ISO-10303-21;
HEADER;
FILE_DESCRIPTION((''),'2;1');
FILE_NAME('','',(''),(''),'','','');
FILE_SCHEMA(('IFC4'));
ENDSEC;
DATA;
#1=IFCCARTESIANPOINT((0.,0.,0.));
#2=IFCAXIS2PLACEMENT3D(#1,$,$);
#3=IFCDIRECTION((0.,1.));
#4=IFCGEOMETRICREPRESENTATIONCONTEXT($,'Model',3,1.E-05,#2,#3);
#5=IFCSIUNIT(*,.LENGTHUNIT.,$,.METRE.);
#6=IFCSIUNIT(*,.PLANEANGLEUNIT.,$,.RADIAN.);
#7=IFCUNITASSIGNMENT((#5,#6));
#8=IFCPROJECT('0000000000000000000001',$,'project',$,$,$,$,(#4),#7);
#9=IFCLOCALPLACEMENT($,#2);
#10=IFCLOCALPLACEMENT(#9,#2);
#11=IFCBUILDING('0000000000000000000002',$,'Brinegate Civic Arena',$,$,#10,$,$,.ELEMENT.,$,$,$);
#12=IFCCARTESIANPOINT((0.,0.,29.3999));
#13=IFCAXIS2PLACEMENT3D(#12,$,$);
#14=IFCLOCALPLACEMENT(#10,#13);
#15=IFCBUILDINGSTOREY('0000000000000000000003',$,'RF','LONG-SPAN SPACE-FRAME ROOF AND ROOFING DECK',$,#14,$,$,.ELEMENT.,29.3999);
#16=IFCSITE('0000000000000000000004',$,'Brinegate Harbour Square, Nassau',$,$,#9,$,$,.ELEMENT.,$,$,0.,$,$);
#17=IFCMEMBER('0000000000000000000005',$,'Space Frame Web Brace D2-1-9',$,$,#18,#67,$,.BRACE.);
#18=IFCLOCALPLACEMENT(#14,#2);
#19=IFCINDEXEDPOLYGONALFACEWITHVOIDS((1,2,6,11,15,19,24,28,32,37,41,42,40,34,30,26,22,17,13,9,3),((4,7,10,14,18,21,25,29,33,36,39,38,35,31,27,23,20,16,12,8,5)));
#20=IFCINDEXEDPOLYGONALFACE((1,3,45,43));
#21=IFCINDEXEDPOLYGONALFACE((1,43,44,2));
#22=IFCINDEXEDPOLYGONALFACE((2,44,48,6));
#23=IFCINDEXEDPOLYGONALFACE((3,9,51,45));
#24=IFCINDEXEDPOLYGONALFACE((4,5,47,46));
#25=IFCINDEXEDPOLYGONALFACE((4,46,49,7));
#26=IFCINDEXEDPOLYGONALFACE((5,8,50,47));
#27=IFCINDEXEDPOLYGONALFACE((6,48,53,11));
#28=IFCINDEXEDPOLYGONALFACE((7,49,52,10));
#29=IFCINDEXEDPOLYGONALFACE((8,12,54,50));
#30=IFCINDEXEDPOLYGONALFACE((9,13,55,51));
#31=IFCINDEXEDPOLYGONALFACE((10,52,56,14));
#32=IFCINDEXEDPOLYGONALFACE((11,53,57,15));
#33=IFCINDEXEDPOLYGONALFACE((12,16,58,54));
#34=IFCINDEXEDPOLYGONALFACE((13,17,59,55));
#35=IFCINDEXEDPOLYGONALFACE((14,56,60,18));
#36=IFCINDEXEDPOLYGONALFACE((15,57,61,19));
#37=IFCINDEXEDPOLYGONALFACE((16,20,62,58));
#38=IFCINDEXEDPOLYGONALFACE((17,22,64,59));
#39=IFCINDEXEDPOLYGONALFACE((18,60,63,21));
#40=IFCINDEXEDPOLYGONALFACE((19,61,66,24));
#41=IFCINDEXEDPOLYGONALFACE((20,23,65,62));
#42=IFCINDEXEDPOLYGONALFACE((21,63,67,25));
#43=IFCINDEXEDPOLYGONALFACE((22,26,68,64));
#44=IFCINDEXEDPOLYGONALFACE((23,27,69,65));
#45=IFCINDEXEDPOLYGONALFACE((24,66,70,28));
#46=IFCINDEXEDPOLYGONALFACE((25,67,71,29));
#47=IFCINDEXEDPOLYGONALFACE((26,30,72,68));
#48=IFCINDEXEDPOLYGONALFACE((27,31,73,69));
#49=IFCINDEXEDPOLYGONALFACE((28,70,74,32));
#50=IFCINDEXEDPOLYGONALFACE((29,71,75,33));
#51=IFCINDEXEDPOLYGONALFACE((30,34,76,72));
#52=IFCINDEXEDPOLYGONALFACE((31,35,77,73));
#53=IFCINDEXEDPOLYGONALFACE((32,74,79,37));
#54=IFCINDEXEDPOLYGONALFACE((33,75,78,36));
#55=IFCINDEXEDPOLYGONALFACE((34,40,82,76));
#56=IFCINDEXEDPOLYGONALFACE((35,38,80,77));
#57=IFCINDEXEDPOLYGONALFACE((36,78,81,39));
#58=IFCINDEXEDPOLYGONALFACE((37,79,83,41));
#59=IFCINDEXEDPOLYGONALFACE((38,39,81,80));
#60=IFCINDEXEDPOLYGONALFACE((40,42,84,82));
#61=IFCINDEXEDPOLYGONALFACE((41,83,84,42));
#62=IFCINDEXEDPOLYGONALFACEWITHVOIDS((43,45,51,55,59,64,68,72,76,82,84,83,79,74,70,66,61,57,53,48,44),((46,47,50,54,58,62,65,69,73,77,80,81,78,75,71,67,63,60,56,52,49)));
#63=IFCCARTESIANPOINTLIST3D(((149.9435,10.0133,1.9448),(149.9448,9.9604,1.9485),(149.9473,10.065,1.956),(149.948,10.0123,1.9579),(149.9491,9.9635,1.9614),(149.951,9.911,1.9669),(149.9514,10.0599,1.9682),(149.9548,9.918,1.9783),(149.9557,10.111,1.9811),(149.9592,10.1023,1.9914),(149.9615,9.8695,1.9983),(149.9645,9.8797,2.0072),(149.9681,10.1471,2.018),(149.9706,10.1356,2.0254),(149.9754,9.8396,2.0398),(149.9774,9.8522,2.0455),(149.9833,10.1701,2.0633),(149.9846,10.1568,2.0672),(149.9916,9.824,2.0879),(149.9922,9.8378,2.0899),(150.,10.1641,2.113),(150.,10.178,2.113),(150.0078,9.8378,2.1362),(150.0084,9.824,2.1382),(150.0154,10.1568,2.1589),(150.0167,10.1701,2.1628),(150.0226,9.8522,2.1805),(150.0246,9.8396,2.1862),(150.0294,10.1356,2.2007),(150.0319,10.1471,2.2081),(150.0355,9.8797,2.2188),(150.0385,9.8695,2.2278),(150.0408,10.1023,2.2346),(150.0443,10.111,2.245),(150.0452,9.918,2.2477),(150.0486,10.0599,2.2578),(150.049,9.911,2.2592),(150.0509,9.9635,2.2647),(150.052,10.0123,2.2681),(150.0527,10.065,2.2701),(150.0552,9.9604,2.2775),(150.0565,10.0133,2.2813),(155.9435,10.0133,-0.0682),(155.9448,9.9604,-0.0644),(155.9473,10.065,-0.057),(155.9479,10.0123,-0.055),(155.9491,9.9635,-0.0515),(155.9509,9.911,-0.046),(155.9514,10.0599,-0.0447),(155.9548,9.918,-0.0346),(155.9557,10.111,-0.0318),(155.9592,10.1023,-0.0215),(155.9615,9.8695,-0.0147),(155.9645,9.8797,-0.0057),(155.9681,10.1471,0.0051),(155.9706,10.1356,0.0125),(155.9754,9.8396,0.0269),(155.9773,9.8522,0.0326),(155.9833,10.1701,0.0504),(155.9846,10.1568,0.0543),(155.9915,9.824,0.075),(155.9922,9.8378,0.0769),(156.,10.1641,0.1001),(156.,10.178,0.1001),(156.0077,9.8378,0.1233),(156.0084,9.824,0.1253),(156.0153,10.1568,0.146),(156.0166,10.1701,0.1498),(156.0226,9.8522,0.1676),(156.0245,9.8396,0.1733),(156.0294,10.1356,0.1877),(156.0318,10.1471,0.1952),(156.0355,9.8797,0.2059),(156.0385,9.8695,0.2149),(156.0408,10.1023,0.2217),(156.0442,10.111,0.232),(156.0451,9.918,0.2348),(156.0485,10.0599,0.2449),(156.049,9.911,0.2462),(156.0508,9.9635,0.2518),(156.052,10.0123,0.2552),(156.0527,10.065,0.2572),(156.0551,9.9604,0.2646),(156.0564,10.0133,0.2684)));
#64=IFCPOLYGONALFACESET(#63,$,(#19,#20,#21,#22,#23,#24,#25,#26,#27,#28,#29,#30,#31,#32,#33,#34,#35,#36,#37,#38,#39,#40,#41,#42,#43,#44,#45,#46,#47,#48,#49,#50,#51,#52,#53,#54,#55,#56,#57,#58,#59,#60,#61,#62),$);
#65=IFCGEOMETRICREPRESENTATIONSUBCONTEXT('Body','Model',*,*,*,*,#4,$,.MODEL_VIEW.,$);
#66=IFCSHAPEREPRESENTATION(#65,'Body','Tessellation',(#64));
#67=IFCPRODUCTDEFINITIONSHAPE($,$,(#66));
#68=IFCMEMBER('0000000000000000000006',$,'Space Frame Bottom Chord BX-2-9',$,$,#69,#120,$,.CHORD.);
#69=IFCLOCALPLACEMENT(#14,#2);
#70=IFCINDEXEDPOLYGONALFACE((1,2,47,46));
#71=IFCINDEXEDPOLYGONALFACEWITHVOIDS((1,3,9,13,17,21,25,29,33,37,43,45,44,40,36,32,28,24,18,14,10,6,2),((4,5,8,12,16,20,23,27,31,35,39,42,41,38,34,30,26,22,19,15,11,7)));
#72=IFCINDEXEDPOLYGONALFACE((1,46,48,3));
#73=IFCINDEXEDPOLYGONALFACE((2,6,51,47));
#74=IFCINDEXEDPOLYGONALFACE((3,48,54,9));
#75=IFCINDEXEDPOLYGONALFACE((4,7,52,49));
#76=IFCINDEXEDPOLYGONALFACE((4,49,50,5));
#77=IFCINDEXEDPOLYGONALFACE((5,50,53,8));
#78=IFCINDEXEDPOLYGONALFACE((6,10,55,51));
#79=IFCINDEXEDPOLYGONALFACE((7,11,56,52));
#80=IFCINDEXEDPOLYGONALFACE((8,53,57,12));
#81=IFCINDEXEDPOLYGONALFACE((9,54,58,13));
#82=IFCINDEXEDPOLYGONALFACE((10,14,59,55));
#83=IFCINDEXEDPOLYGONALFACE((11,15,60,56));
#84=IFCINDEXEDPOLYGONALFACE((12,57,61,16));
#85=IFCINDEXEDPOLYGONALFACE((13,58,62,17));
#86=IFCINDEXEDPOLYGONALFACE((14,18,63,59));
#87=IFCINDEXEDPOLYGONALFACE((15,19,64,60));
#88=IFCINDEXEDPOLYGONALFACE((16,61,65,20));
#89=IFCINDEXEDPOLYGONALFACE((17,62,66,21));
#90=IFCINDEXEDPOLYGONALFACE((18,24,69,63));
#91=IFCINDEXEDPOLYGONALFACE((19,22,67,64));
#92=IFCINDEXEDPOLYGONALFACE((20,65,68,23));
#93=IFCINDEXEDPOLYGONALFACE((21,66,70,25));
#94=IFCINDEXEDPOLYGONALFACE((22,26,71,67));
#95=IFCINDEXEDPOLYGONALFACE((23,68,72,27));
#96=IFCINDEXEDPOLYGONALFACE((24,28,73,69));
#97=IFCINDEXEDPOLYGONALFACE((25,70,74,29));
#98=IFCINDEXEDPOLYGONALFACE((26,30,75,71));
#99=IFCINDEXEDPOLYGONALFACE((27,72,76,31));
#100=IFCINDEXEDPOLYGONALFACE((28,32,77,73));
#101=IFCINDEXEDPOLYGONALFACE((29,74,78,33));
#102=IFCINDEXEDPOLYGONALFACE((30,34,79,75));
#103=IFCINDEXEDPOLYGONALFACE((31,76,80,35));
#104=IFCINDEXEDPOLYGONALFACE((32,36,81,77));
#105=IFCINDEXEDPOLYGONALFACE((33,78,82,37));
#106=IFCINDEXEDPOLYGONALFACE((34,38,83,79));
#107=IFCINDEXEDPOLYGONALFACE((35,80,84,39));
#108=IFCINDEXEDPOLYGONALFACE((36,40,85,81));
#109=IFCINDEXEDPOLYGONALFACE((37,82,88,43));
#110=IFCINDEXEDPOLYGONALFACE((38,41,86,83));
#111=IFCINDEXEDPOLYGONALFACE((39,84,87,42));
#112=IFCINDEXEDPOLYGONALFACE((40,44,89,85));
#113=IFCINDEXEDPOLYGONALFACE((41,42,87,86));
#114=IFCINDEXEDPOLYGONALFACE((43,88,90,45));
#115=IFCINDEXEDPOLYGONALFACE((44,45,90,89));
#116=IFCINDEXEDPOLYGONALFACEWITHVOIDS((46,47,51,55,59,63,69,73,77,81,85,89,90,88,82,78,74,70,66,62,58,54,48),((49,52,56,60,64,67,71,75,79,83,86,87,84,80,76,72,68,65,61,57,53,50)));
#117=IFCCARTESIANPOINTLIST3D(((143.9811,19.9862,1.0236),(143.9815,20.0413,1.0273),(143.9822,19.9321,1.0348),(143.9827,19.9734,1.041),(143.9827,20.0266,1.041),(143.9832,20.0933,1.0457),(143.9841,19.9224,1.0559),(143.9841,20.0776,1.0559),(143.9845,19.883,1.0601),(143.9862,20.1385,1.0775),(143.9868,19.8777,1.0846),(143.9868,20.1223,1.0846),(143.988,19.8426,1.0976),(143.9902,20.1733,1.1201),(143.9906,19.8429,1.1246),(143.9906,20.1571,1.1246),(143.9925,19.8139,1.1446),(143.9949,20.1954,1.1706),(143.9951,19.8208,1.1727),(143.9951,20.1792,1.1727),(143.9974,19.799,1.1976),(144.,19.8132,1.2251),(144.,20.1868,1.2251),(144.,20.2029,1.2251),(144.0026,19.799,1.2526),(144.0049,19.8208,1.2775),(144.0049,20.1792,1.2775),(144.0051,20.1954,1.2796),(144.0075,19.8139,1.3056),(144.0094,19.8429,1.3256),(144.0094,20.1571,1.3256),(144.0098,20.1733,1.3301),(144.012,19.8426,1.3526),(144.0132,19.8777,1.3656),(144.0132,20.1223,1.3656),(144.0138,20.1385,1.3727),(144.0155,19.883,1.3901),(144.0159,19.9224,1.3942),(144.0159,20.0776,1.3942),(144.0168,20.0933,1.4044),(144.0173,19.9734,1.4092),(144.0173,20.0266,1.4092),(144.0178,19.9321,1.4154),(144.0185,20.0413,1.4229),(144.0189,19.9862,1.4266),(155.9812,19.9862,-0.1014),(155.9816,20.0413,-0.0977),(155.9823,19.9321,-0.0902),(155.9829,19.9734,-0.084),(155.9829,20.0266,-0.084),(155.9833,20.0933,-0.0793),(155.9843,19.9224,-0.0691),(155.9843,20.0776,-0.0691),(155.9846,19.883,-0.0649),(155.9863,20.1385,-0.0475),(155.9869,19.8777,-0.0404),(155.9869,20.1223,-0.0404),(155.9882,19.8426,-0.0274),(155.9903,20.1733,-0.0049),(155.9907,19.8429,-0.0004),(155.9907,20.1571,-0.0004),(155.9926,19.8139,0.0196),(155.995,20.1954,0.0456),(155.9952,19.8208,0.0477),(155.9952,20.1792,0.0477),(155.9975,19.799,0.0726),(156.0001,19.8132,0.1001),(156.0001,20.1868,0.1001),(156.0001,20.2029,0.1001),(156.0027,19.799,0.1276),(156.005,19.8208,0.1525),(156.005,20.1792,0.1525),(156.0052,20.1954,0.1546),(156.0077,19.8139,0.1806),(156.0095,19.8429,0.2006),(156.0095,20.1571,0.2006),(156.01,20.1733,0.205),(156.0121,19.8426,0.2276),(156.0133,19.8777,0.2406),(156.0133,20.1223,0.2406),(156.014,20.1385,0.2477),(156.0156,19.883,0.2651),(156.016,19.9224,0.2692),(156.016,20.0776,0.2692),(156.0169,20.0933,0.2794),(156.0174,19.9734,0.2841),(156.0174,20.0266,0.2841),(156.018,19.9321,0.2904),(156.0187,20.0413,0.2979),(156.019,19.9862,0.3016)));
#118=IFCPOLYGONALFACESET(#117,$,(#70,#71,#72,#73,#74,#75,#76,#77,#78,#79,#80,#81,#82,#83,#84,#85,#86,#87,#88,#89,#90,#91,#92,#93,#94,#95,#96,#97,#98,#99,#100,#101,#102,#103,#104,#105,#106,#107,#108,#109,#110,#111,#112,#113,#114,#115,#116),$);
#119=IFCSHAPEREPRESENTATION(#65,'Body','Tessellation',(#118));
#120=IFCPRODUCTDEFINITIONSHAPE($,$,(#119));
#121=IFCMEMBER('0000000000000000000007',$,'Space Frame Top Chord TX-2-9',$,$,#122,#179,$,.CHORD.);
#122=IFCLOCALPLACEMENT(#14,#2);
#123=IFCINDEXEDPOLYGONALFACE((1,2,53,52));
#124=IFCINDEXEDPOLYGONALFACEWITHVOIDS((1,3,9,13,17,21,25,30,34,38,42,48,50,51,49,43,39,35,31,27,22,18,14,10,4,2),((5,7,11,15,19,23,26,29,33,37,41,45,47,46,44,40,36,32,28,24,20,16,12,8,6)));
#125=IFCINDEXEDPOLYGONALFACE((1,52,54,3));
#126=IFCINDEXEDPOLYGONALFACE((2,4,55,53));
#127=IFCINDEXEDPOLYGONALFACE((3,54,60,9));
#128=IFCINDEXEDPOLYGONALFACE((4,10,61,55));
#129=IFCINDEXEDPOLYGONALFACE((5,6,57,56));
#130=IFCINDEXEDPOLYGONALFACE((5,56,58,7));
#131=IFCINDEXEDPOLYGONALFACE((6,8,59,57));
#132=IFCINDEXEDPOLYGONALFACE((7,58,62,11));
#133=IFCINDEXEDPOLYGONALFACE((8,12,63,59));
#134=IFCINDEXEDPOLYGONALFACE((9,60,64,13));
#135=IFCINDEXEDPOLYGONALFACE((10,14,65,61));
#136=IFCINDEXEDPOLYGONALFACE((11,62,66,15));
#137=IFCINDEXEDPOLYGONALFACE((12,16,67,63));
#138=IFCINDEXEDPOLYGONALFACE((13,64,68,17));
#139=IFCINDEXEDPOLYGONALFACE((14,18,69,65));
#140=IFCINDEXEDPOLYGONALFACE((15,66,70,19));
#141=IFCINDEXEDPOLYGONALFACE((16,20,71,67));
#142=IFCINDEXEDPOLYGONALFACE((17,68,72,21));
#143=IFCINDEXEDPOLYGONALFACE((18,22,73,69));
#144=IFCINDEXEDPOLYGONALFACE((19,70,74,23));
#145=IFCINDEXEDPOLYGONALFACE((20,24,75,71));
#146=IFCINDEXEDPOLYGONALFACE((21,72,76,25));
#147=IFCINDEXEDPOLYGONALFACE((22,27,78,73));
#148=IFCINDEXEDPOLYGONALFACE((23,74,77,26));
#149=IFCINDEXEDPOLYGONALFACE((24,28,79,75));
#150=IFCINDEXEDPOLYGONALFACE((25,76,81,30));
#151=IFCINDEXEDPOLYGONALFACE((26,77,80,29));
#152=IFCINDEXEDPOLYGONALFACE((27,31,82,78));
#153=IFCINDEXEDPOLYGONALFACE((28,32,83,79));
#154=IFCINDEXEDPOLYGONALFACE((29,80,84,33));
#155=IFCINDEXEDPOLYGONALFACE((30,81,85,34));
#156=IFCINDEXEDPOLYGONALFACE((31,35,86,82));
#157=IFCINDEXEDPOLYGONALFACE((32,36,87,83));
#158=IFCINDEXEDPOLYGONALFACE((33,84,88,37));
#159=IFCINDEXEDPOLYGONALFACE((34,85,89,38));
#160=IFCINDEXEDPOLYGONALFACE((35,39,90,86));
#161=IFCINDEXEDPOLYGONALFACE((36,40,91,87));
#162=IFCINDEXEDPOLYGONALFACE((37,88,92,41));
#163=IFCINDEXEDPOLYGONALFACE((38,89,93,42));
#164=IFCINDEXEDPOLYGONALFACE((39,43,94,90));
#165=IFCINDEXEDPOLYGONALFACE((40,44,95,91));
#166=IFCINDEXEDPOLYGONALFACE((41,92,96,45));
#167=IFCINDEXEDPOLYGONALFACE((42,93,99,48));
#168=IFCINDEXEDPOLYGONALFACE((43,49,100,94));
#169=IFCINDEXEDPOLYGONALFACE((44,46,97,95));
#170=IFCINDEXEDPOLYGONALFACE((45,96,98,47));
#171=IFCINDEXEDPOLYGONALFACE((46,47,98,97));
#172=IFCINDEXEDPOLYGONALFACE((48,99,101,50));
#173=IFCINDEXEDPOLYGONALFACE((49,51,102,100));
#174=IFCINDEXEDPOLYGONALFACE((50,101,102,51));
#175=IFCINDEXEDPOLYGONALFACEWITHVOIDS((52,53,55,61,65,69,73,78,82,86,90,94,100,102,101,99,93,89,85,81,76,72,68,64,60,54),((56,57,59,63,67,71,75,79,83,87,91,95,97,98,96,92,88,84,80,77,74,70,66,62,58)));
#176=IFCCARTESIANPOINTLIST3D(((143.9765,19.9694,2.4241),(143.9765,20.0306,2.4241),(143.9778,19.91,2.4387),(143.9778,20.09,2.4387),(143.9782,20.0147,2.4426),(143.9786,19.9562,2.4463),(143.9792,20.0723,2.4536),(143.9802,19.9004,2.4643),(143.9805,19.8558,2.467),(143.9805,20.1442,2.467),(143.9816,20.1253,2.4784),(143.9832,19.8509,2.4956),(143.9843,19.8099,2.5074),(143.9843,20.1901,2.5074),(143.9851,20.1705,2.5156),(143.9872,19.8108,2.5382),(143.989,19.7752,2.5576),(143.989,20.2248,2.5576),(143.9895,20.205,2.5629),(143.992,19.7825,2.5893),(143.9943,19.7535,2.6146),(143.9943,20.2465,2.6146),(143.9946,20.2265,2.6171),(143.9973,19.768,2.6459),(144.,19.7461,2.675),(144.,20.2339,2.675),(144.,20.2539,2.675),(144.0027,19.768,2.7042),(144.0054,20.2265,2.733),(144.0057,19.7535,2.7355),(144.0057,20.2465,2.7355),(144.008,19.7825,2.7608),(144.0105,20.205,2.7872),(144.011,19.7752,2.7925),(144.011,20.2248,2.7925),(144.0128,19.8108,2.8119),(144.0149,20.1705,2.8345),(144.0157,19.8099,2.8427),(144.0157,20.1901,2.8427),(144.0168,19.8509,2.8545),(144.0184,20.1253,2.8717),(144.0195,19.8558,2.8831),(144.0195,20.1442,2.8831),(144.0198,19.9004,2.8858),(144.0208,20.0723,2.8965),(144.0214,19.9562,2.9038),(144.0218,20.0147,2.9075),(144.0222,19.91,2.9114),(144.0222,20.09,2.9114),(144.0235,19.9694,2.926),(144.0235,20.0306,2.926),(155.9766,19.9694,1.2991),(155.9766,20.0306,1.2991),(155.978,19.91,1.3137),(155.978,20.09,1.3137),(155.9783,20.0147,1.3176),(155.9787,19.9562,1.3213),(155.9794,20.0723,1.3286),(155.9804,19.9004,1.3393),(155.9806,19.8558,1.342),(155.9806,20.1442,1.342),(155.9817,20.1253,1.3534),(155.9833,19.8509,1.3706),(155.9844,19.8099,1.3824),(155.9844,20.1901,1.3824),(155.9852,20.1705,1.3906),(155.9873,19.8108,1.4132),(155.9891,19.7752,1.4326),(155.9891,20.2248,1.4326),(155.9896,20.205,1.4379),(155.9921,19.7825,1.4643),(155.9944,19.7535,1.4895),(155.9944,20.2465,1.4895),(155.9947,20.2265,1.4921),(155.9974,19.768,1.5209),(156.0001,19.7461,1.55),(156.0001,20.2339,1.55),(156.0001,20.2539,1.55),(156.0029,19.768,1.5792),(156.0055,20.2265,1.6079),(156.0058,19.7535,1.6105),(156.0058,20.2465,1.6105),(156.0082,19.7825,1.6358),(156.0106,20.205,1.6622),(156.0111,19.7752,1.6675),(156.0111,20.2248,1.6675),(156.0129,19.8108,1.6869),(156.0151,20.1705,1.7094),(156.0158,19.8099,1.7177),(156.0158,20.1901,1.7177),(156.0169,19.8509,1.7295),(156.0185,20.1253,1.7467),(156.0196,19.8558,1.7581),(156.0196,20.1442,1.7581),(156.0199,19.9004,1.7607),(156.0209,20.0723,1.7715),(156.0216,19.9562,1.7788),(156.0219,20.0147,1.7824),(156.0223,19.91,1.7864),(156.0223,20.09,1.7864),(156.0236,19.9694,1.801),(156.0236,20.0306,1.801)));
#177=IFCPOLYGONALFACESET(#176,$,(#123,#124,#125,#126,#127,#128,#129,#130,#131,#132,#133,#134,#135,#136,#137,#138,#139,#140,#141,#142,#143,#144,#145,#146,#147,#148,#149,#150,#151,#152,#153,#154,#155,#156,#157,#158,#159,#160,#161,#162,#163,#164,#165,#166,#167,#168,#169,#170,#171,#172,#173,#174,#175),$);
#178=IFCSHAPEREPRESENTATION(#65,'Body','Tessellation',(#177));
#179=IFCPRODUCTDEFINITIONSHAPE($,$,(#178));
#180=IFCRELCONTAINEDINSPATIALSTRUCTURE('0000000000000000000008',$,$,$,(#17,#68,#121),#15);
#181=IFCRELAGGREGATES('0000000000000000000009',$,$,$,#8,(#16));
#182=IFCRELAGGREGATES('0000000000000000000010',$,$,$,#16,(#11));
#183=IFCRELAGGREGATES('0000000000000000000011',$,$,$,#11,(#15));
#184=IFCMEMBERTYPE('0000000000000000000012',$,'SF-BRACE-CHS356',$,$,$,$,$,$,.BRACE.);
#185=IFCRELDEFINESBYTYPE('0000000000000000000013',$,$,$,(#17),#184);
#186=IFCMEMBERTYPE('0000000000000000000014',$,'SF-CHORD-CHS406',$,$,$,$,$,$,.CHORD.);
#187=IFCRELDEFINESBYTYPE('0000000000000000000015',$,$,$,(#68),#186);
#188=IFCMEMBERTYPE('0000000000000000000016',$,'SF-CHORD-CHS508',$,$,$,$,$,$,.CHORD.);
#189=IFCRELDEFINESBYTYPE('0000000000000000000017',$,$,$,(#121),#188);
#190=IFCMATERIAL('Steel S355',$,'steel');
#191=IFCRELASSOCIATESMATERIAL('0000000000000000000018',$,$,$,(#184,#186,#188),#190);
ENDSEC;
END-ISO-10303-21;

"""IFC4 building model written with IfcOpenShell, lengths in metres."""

from ifc_helpers import new_model, si_unit, direction, frame, origin, origin_2d, place, context, subcontext, project, spatial, hollow_circle, extrude, material, material_profile, profile_set, type_object, element, save


model = new_model("IFC4")

# Units and contexts
model_context = context("Model", 3, precision=1e-05, world=origin(), true_north=direction((0.0, 1.0)))
body_context = subcontext(model_context, "Body", "Model", "MODEL_VIEW")
ifc_project = project(units=[si_unit("LENGTHUNIT", "METRE"), si_unit("PLANEANGLEUNIT", "RADIAN")], contexts=[model_context])

# Site, building, storey
site_placement = place(None, origin())
site = spatial("IfcSite", under=ifc_project, at=site_placement, Name="Brinegate Harbour Square, Nassau", CompositionType="ELEMENT", RefElevation=0.0)
building_placement = place(site_placement, origin())
building = spatial("IfcBuilding", under=site, at=building_placement, Name="Brinegate Civic Arena", CompositionType="ELEMENT")
storey_placement = place(building_placement, frame((0.0, 0.0, 29.3999)))
storey = spatial("IfcBuildingStorey", under=building, at=storey_placement, Name="RF", Description="LONG-SPAN SPACE-FRAME ROOF AND ROOFING DECK", CompositionType="ELEMENT", Elevation=29.3999)

# Shared definitions
ifc_material_1 = material(Name="Steel S355", Category="steel")

# Members
ifc_material_profile_1 = material_profile(ifc_material_1, hollow_circle(Radius=0.178, WallThickness=0.0139, at=origin_2d()), Name="CHS356X14")
ifc_profile_set_1 = profile_set([ifc_material_profile_1], Name="Steel S355")
member_type_1 = type_object("IfcMemberType", Name="SF-BRACE-CHS356", PredefinedType="BRACE", material=ifc_profile_set_1)
member_1_placement = place(storey_placement, frame((150.0, 10.0, 2.113), z_axis=(0.948068, 0.0, -0.318067), x_axis=(0.0, 1.0, 0.0)))
element("IfcMember", 1, at=member_1_placement, inside=storey, type_object=member_type_1, Name="Space Frame Web Brace D2-1-9", PredefinedType="BRACE", context=body_context, shape_type="SweptSolid", body=[
    extrude(hollow_circle(Radius=0.178, WallThickness=0.0139, at=origin_2d()), origin(), (0.0, 0.0, 1.0), 6.3286),
])
ifc_material_profile_2 = material_profile(ifc_material_1, hollow_circle(Radius=0.2029, WallThickness=0.0161, at=origin_2d()), Name="CHS406X16")
ifc_profile_set_2 = profile_set([ifc_material_profile_2], Name="Steel S355")
member_type_2 = type_object("IfcMemberType", Name="SF-CHORD-CHS406", PredefinedType="CHORD", material=ifc_profile_set_2)
member_2_placement = place(storey_placement, frame((144.0, 20.0, 1.2251), z_axis=(0.995634, 0.0, -0.093341), x_axis=(0.0, 1.0, 0.0)))
element("IfcMember", 2, at=member_2_placement, inside=storey, type_object=member_type_2, Name="Space Frame Bottom Chord BX-2-9", PredefinedType="CHORD", context=body_context, shape_type="SweptSolid", body=[
    extrude(hollow_circle(Radius=0.2029, WallThickness=0.0161, at=origin_2d()), origin(), (0.0, 0.0, 1.0), 12.0527),
])
ifc_material_profile_3 = material_profile(ifc_material_1, hollow_circle(Radius=0.2539, WallThickness=0.02, at=origin_2d()), Name="CHS508X20")
ifc_profile_set_3 = profile_set([ifc_material_profile_3], Name="Steel S355")
member_type_3 = type_object("IfcMemberType", Name="SF-CHORD-CHS508", PredefinedType="CHORD", material=ifc_profile_set_3)
member_3_placement = place(storey_placement, frame((144.0, 20.0, 2.675), z_axis=(0.995634, 0.0, -0.093341), x_axis=(0.0, 1.0, 0.0)))
element("IfcMember", 3, at=member_3_placement, inside=storey, type_object=member_type_3, Name="Space Frame Top Chord TX-2-9", PredefinedType="CHORD", context=body_context, shape_type="SweptSolid", body=[
    extrude(hollow_circle(Radius=0.2539, WallThickness=0.02, at=origin_2d()), origin(), (0.0, 0.0, 1.0), 12.0527),
])

save(model, "model.ifc")
